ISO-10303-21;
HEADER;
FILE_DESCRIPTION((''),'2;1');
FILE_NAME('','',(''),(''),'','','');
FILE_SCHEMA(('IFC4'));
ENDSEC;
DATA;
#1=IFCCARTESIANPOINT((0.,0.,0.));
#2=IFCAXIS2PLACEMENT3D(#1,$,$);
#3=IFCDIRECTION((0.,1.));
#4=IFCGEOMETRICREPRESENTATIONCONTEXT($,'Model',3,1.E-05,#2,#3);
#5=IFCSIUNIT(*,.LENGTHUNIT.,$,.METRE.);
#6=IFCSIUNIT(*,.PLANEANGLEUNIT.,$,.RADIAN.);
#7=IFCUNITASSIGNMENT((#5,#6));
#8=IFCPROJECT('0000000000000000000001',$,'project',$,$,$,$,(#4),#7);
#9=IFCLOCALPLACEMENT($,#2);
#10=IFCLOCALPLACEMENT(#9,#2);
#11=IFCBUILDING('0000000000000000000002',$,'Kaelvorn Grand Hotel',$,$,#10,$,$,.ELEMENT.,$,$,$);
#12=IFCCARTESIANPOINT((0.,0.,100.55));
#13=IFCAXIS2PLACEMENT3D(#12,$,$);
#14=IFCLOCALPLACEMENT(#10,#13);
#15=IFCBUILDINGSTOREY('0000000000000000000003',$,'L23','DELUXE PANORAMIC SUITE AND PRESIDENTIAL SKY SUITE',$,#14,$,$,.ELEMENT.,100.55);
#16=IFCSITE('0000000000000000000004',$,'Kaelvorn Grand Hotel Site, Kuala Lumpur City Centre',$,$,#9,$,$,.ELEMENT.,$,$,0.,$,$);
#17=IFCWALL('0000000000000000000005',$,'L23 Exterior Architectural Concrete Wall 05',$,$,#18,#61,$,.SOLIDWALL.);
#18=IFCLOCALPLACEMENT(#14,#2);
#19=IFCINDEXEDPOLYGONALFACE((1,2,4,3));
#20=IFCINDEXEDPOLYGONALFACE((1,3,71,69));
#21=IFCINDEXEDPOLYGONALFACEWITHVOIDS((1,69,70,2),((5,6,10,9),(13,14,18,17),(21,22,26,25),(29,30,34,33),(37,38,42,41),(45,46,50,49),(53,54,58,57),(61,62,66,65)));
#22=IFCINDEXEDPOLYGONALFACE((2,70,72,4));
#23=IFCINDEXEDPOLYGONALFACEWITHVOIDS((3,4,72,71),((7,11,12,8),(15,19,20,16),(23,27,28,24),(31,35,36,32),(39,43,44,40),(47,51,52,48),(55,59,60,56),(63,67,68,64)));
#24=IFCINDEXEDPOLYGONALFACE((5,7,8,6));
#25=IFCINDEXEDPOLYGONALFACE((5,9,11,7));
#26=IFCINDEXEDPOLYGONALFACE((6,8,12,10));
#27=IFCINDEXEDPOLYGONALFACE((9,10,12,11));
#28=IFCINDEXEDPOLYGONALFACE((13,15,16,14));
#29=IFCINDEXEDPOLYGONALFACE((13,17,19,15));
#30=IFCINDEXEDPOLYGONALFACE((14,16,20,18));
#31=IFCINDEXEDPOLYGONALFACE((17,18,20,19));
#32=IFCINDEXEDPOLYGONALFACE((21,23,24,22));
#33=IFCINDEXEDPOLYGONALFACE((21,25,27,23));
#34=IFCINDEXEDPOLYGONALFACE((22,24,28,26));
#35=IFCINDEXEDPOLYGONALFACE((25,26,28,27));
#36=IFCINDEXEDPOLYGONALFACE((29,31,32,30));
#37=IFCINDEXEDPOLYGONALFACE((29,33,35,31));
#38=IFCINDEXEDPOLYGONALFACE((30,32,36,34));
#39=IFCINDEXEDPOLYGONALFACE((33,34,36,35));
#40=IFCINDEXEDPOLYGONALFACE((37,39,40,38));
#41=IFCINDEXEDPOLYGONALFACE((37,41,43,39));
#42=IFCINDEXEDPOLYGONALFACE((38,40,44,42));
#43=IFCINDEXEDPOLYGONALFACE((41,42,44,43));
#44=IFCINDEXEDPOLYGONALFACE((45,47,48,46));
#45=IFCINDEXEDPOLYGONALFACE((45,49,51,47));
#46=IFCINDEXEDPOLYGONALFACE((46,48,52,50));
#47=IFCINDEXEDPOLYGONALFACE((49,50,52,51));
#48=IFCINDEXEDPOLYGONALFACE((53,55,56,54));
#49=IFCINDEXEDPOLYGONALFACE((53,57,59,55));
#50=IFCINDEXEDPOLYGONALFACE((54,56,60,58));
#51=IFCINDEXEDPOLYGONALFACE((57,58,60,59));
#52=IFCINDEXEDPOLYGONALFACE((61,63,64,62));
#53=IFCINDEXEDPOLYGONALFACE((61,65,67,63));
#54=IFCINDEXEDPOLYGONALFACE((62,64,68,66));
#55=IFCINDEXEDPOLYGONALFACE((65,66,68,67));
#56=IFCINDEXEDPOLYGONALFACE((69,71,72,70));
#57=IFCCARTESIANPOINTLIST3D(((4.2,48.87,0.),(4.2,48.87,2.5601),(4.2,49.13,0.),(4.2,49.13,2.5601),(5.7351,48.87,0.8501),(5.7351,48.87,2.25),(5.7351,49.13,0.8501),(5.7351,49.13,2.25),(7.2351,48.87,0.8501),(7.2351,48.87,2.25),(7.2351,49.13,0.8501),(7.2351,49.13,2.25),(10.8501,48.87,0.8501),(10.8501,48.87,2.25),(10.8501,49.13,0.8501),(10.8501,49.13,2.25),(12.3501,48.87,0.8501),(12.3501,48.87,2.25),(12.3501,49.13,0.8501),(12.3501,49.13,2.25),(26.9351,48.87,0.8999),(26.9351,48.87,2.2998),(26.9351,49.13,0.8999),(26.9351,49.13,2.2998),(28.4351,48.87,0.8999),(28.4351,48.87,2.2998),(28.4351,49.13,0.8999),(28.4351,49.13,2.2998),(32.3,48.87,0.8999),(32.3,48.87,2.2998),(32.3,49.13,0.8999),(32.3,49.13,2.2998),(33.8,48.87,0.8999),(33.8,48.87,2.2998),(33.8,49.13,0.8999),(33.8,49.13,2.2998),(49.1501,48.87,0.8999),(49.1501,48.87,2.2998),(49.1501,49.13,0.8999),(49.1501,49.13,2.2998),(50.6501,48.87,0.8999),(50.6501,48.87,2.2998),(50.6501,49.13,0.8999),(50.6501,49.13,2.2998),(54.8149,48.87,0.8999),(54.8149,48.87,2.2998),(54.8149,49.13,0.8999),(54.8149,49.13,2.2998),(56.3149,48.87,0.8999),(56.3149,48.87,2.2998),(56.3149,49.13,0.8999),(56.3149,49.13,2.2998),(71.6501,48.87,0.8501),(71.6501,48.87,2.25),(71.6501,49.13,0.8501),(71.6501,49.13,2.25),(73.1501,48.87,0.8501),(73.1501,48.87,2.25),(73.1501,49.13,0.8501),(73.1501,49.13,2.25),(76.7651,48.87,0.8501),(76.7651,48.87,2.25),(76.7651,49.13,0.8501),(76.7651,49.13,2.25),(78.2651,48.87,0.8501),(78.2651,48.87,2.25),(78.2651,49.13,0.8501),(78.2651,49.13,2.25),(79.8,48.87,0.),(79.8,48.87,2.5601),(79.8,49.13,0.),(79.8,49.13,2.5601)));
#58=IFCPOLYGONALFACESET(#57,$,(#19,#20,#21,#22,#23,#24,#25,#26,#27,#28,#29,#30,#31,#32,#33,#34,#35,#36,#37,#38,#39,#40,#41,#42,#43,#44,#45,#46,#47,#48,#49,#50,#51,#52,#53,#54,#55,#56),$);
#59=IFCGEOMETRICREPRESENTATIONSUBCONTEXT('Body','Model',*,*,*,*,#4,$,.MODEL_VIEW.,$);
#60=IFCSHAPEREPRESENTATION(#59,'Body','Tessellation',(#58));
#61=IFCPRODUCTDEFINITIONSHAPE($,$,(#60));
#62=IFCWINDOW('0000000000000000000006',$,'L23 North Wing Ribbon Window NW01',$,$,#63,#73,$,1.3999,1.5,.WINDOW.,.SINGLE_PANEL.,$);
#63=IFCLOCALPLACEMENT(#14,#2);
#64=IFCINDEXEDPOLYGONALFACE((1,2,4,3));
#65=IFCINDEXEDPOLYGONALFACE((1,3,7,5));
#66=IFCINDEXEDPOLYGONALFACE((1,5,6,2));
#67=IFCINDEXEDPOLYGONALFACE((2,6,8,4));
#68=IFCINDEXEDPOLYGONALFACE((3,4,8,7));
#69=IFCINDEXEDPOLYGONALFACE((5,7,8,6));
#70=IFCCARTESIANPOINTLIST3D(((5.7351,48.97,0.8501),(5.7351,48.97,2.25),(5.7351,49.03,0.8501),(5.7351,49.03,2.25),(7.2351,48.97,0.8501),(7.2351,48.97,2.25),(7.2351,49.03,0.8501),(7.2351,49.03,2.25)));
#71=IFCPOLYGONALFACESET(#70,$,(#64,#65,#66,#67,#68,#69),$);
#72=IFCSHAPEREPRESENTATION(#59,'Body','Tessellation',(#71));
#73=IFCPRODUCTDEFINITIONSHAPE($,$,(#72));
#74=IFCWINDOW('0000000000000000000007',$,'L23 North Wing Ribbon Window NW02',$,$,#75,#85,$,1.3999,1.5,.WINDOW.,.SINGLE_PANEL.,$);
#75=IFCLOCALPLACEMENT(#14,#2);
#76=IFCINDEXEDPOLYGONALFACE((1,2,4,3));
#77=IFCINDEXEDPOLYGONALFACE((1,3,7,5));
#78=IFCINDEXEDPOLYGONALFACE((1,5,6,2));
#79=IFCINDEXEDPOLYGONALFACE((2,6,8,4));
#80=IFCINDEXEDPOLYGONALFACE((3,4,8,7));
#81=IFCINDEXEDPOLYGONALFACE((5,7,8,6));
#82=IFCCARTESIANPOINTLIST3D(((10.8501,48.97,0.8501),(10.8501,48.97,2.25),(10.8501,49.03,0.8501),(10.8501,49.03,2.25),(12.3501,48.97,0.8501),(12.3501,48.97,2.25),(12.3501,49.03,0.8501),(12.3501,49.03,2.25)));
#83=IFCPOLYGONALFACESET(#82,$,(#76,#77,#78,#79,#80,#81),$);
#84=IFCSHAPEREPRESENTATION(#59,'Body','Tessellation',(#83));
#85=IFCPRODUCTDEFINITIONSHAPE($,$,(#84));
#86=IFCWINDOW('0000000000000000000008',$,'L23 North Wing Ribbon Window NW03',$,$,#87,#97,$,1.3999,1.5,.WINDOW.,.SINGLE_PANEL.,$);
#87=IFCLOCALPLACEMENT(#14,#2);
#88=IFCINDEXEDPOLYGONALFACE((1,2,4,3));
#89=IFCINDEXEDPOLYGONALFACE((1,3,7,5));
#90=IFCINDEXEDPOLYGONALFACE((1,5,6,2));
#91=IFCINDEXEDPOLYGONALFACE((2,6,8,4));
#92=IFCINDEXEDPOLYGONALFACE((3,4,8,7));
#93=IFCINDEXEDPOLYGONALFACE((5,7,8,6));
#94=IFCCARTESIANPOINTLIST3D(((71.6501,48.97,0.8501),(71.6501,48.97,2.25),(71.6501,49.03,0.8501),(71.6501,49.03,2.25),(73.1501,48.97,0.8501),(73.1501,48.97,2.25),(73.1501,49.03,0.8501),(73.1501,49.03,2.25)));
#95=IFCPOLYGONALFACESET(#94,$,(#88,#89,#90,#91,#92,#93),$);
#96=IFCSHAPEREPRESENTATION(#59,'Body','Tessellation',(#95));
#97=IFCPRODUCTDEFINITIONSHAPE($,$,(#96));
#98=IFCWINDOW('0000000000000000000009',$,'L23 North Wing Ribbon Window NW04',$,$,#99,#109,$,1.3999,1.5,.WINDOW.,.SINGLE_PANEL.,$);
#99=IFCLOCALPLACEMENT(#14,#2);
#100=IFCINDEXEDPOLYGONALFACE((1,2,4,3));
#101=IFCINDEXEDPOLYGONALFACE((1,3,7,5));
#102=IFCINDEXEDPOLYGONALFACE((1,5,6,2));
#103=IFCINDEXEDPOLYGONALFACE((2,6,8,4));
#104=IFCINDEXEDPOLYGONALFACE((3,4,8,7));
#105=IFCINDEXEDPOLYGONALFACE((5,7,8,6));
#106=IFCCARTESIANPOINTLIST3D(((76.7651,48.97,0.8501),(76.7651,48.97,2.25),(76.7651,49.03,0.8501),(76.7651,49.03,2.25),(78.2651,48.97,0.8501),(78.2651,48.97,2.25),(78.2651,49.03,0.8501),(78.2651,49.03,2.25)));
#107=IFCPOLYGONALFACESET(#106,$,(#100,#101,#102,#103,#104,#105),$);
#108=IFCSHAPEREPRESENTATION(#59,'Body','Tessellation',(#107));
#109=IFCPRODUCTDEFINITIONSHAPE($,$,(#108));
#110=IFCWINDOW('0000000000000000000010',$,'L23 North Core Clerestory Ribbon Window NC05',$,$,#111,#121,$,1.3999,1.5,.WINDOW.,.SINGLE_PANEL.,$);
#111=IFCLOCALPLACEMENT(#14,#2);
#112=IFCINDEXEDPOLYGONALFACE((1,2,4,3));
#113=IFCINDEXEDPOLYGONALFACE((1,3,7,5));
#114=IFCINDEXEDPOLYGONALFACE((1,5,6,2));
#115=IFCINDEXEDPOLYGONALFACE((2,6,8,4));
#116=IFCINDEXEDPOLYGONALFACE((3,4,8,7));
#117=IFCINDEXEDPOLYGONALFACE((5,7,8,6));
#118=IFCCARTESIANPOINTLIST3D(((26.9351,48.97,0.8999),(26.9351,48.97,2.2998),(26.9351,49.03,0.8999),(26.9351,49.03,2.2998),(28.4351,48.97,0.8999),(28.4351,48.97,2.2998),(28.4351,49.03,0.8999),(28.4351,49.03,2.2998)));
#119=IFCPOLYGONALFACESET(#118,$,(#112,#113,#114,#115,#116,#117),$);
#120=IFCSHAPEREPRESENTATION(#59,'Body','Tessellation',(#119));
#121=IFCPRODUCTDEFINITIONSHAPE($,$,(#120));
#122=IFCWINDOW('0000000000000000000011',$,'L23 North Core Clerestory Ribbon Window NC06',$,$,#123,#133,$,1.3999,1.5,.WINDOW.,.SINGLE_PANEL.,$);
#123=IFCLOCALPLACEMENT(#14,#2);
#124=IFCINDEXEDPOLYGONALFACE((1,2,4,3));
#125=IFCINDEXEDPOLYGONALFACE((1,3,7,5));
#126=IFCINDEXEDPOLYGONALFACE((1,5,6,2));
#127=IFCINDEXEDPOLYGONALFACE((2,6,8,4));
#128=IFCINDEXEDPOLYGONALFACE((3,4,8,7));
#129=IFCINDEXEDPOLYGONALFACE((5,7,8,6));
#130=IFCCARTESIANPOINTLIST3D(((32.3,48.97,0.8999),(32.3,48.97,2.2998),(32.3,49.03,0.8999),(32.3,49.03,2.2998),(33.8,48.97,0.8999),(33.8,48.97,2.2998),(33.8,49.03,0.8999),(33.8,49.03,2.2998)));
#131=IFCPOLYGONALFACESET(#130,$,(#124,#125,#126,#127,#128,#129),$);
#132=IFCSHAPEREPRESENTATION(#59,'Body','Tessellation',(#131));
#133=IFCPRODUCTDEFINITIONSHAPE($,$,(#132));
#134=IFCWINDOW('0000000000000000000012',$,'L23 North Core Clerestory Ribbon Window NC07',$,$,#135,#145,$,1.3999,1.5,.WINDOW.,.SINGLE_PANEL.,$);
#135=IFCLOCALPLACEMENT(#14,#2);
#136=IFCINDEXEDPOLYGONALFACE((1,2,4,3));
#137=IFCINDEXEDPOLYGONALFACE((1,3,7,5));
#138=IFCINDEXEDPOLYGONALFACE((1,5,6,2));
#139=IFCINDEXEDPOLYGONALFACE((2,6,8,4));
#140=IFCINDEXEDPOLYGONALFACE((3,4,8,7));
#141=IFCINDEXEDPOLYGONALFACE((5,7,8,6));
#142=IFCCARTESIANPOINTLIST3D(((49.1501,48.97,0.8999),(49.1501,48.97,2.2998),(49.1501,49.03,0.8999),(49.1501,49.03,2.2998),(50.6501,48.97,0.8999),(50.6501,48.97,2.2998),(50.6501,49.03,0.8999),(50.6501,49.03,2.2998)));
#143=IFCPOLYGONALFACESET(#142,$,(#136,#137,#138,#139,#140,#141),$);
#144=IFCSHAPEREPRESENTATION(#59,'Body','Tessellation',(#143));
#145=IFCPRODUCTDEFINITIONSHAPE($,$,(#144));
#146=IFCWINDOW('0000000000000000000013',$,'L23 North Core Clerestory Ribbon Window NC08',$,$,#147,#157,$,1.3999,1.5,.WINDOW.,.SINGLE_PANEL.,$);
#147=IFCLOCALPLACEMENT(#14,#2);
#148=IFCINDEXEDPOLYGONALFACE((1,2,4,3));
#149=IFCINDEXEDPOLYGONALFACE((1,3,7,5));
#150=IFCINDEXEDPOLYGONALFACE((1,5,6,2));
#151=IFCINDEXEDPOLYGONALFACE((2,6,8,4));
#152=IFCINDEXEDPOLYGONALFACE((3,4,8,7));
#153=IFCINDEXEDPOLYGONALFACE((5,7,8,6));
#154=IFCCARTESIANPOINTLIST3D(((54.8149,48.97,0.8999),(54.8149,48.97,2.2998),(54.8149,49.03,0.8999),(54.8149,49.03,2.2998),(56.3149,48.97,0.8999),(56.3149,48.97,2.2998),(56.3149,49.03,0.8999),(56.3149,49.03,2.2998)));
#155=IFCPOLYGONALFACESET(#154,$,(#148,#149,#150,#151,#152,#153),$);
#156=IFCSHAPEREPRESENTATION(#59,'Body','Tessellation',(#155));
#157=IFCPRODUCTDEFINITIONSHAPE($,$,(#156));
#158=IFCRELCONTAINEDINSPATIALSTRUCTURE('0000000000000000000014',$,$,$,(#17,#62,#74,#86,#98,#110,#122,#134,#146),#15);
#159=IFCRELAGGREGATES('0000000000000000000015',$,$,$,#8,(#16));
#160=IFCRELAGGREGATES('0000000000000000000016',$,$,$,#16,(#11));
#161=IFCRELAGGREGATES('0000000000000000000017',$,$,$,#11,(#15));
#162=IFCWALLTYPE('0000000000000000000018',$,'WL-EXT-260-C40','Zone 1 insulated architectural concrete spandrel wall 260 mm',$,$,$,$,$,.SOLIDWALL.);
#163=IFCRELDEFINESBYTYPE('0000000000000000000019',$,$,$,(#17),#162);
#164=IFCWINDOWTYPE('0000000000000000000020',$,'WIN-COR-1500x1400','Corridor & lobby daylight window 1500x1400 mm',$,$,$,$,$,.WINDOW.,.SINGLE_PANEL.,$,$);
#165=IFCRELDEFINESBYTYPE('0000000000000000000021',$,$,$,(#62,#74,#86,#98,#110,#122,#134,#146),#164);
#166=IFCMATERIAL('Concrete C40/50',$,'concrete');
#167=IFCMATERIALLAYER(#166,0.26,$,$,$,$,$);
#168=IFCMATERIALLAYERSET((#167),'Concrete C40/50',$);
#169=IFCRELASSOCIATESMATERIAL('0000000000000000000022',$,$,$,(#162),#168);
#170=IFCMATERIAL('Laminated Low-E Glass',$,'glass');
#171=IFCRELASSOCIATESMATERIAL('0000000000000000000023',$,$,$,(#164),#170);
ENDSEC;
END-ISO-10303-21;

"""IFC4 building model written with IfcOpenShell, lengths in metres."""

from ifc_helpers import new_model, si_unit, direction, frame, frame_2d, origin, place, context, subcontext, project, spatial, rectangle, extrude, material, layer, layer_set, type_object, element, fill, save


model = new_model("IFC4")

# Units and contexts
model_context = context("Model", 3, precision=1e-05, world=origin(), true_north=direction((0.0, 1.0)))
body_context = subcontext(model_context, "Body", "Model", "MODEL_VIEW")
ifc_project = project(units=[si_unit("LENGTHUNIT", "METRE"), si_unit("PLANEANGLEUNIT", "RADIAN")], contexts=[model_context])

# Site, building, storey
site_placement = place(None, origin())
site = spatial("IfcSite", under=ifc_project, at=site_placement, Name="Kaelvorn Grand Hotel Site, Kuala Lumpur City Centre", CompositionType="ELEMENT", RefElevation=0.0)
building_placement = place(site_placement, origin())
building = spatial("IfcBuilding", under=site, at=building_placement, Name="Kaelvorn Grand Hotel", CompositionType="ELEMENT")
storey_placement = place(building_placement, frame((0.0, 0.0, 100.55)))
storey = spatial("IfcBuildingStorey", under=building, at=storey_placement, Name="L23", Description="DELUXE PANORAMIC SUITE AND PRESIDENTIAL SKY SUITE", CompositionType="ELEMENT", Elevation=100.55)

# Shared definitions
ifc_material_1 = material(Name="Concrete C40/50", Category="concrete")
ifc_layer_1 = layer(ifc_material_1, 0.26)
ifc_layer_set_1 = layer_set([ifc_layer_1], Name="Concrete C40/50")
wall_type = type_object("IfcWallType", Name="WL-EXT-260-C40", Description="Zone 1 insulated architectural concrete spandrel wall 260 mm", PredefinedType="SOLIDWALL", material=ifc_layer_set_1)

# Wall, openings, windows
wall_1_placement = place(storey_placement, frame((79.8, 49.0, 0.0), z_axis=(0.0, 0.0, 1.0), x_axis=(-1.0, 0.0, 0.0)))
wall_1 = element("IfcWall", 1, at=wall_1_placement, inside=storey, type_object=wall_type, Name="L23 Exterior Architectural Concrete Wall 05", PredefinedType="SOLIDWALL", context=body_context, shape_type="SweptSolid", body=[
    extrude(rectangle(XDim=75.6001, YDim=0.26, at=frame_2d((37.8, 0.0))), origin(), (0.0, 0.0, 1.0), 2.5601),
])
opening_1_placement = place(wall_1_placement, frame((72.5649, 0.0, 0.8501)))
opening_1 = element("IfcOpeningElement", 2, at=opening_1_placement, cuts=wall_1, PredefinedType="OPENING", context=body_context, shape_type="SweptSolid", body=[
    extrude(rectangle(XDim=1.5, YDim=1.3999, at=frame_2d((0.75, 0.7))), frame((0.0, 0.1401, 0.0), z_axis=(0.0, -1.0, 0.0), x_axis=(1.0, 0.0, 0.0)), (0.0, 0.0, 1.0), 0.28),
])
opening_2_placement = place(wall_1_placement, frame((67.45, 0.0, 0.8501)))
opening_2 = element("IfcOpeningElement", 3, at=opening_2_placement, cuts=wall_1, PredefinedType="OPENING", context=body_context, shape_type="SweptSolid", body=[
    extrude(rectangle(XDim=1.5, YDim=1.3999, at=frame_2d((0.75, 0.7))), frame((0.0, 0.1401, 0.0), z_axis=(0.0, -1.0, 0.0), x_axis=(1.0, 0.0, 0.0)), (0.0, 0.0, 1.0), 0.28),
])
opening_3_placement = place(wall_1_placement, frame((6.6499, 0.0, 0.8501)))
opening_3 = element("IfcOpeningElement", 4, at=opening_3_placement, cuts=wall_1, PredefinedType="OPENING", context=body_context, shape_type="SweptSolid", body=[
    extrude(rectangle(XDim=1.5, YDim=1.3999, at=frame_2d((0.75, 0.7))), frame((0.0, 0.1401, 0.0), z_axis=(0.0, -1.0, 0.0), x_axis=(1.0, 0.0, 0.0)), (0.0, 0.0, 1.0), 0.28),
])
opening_4_placement = place(wall_1_placement, frame((1.5349, 0.0, 0.8501)))
opening_4 = element("IfcOpeningElement", 5, at=opening_4_placement, cuts=wall_1, PredefinedType="OPENING", context=body_context, shape_type="SweptSolid", body=[
    extrude(rectangle(XDim=1.5, YDim=1.3999, at=frame_2d((0.75, 0.7))), frame((0.0, 0.1401, 0.0), z_axis=(0.0, -1.0, 0.0), x_axis=(1.0, 0.0, 0.0)), (0.0, 0.0, 1.0), 0.28),
])
opening_5_placement = place(wall_1_placement, frame((51.365, 0.0, 0.8999)))
opening_5 = element("IfcOpeningElement", 6, at=opening_5_placement, cuts=wall_1, PredefinedType="OPENING", context=body_context, shape_type="SweptSolid", body=[
    extrude(rectangle(XDim=1.5, YDim=1.3999, at=frame_2d((0.75, 0.7))), frame((0.0, 0.1401, 0.0), z_axis=(0.0, -1.0, 0.0), x_axis=(1.0, 0.0, 0.0)), (0.0, 0.0, 1.0), 0.28),
])
opening_6_placement = place(wall_1_placement, frame((46.0, 0.0, 0.8999)))
opening_6 = element("IfcOpeningElement", 7, at=opening_6_placement, cuts=wall_1, PredefinedType="OPENING", context=body_context, shape_type="SweptSolid", body=[
    extrude(rectangle(XDim=1.5, YDim=1.3999, at=frame_2d((0.75, 0.7))), frame((0.0, 0.1401, 0.0), z_axis=(0.0, -1.0, 0.0), x_axis=(1.0, 0.0, 0.0)), (0.0, 0.0, 1.0), 0.28),
])
opening_7_placement = place(wall_1_placement, frame((29.1499, 0.0, 0.8999)))
opening_7 = element("IfcOpeningElement", 8, at=opening_7_placement, cuts=wall_1, PredefinedType="OPENING", context=body_context, shape_type="SweptSolid", body=[
    extrude(rectangle(XDim=1.5, YDim=1.3999, at=frame_2d((0.75, 0.7))), frame((0.0, 0.1401, 0.0), z_axis=(0.0, -1.0, 0.0), x_axis=(1.0, 0.0, 0.0)), (0.0, 0.0, 1.0), 0.28),
])
opening_8_placement = place(wall_1_placement, frame((23.4851, 0.0, 0.8999)))
opening_8 = element("IfcOpeningElement", 9, at=opening_8_placement, cuts=wall_1, PredefinedType="OPENING", context=body_context, shape_type="SweptSolid", body=[
    extrude(rectangle(XDim=1.5, YDim=1.3999, at=frame_2d((0.75, 0.7))), frame((0.0, 0.1401, 0.0), z_axis=(0.0, -1.0, 0.0), x_axis=(1.0, 0.0, 0.0)), (0.0, 0.0, 1.0), 0.28),
])
ifc_material_2 = material(Name="Laminated Low-E Glass", Category="glass")
window_type = type_object("IfcWindowType", Name="WIN-COR-1500x1400", Description="Corridor & lobby daylight window 1500x1400 mm", PartitioningType="SINGLE_PANEL", PredefinedType="WINDOW", material=ifc_material_2)
window_1_placement = place(opening_1_placement, origin())
window_1 = element("IfcWindow", 10, at=window_1_placement, inside=storey, type_object=window_type, Name="L23 North Wing Ribbon Window NW01", OverallHeight=1.3999, OverallWidth=1.5, PartitioningType="SINGLE_PANEL", PredefinedType="WINDOW", context=body_context, shape_type="SweptSolid", body=[
    extrude(rectangle(XDim=1.5, YDim=1.3999, at=frame_2d((0.75, 0.7))), frame((0.0, 0.03, 0.0), z_axis=(0.0, -1.0, 0.0), x_axis=(1.0, 0.0, 0.0)), (0.0, 0.0, 1.0), 0.0601),
])
fill(opening_1, window_1)
window_2_placement = place(opening_2_placement, origin())
window_2 = element("IfcWindow", 11, at=window_2_placement, inside=storey, type_object=window_type, Name="L23 North Wing Ribbon Window NW02", OverallHeight=1.3999, OverallWidth=1.5, PartitioningType="SINGLE_PANEL", PredefinedType="WINDOW", context=body_context, shape_type="SweptSolid", body=[
    extrude(rectangle(XDim=1.5, YDim=1.3999, at=frame_2d((0.75, 0.7))), frame((0.0, 0.03, 0.0), z_axis=(0.0, -1.0, 0.0), x_axis=(1.0, 0.0, 0.0)), (0.0, 0.0, 1.0), 0.0601),
])
fill(opening_2, window_2)
window_3_placement = place(opening_3_placement, origin())
window_3 = element("IfcWindow", 12, at=window_3_placement, inside=storey, type_object=window_type, Name="L23 North Wing Ribbon Window NW03", OverallHeight=1.3999, OverallWidth=1.5, PartitioningType="SINGLE_PANEL", PredefinedType="WINDOW", context=body_context, shape_type="SweptSolid", body=[
    extrude(rectangle(XDim=1.5, YDim=1.3999, at=frame_2d((0.75, 0.7))), frame((0.0, 0.03, 0.0), z_axis=(0.0, -1.0, 0.0), x_axis=(1.0, 0.0, 0.0)), (0.0, 0.0, 1.0), 0.0601),
])
fill(opening_3, window_3)
window_4_placement = place(opening_4_placement, origin())
window_4 = element("IfcWindow", 13, at=window_4_placement, inside=storey, type_object=window_type, Name="L23 North Wing Ribbon Window NW04", OverallHeight=1.3999, OverallWidth=1.5, PartitioningType="SINGLE_PANEL", PredefinedType="WINDOW", context=body_context, shape_type="SweptSolid", body=[
    extrude(rectangle(XDim=1.5, YDim=1.3999, at=frame_2d((0.75, 0.7))), frame((0.0, 0.03, 0.0), z_axis=(0.0, -1.0, 0.0), x_axis=(1.0, 0.0, 0.0)), (0.0, 0.0, 1.0), 0.0601),
])
fill(opening_4, window_4)
window_5_placement = place(opening_5_placement, origin())
window_5 = element("IfcWindow", 14, at=window_5_placement, inside=storey, type_object=window_type, Name="L23 North Core Clerestory Ribbon Window NC05", OverallHeight=1.3999, OverallWidth=1.5, PartitioningType="SINGLE_PANEL", PredefinedType="WINDOW", context=body_context, shape_type="SweptSolid", body=[
    extrude(rectangle(XDim=1.5, YDim=1.3999, at=frame_2d((0.75, 0.7))), frame((0.0, 0.03, 0.0), z_axis=(0.0, -1.0, 0.0), x_axis=(1.0, 0.0, 0.0)), (0.0, 0.0, 1.0), 0.0601),
])
fill(opening_5, window_5)
window_6_placement = place(opening_6_placement, origin())
window_6 = element("IfcWindow", 15, at=window_6_placement, inside=storey, type_object=window_type, Name="L23 North Core Clerestory Ribbon Window NC06", OverallHeight=1.3999, OverallWidth=1.5, PartitioningType="SINGLE_PANEL", PredefinedType="WINDOW", context=body_context, shape_type="SweptSolid", body=[
    extrude(rectangle(XDim=1.5, YDim=1.3999, at=frame_2d((0.75, 0.7))), frame((0.0, 0.03, 0.0), z_axis=(0.0, -1.0, 0.0), x_axis=(1.0, 0.0, 0.0)), (0.0, 0.0, 1.0), 0.0601),
])
fill(opening_6, window_6)
window_7_placement = place(opening_7_placement, origin())
window_7 = element("IfcWindow", 16, at=window_7_placement, inside=storey, type_object=window_type, Name="L23 North Core Clerestory Ribbon Window NC07", OverallHeight=1.3999, OverallWidth=1.5, PartitioningType="SINGLE_PANEL", PredefinedType="WINDOW", context=body_context, shape_type="SweptSolid", body=[
    extrude(rectangle(XDim=1.5, YDim=1.3999, at=frame_2d((0.75, 0.7))), frame((0.0, 0.03, 0.0), z_axis=(0.0, -1.0, 0.0), x_axis=(1.0, 0.0, 0.0)), (0.0, 0.0, 1.0), 0.0601),
])
fill(opening_7, window_7)
window_8_placement = place(opening_8_placement, origin())
window_8 = element("IfcWindow", 17, at=window_8_placement, inside=storey, type_object=window_type, Name="L23 North Core Clerestory Ribbon Window NC08", OverallHeight=1.3999, OverallWidth=1.5, PartitioningType="SINGLE_PANEL", PredefinedType="WINDOW", context=body_context, shape_type="SweptSolid", body=[
    extrude(rectangle(XDim=1.5, YDim=1.3999, at=frame_2d((0.75, 0.7))), frame((0.0, 0.03, 0.0), z_axis=(0.0, -1.0, 0.0), x_axis=(1.0, 0.0, 0.0)), (0.0, 0.0, 1.0), 0.0601),
])
fill(opening_8, window_8)

save(model, "model.ifc")
